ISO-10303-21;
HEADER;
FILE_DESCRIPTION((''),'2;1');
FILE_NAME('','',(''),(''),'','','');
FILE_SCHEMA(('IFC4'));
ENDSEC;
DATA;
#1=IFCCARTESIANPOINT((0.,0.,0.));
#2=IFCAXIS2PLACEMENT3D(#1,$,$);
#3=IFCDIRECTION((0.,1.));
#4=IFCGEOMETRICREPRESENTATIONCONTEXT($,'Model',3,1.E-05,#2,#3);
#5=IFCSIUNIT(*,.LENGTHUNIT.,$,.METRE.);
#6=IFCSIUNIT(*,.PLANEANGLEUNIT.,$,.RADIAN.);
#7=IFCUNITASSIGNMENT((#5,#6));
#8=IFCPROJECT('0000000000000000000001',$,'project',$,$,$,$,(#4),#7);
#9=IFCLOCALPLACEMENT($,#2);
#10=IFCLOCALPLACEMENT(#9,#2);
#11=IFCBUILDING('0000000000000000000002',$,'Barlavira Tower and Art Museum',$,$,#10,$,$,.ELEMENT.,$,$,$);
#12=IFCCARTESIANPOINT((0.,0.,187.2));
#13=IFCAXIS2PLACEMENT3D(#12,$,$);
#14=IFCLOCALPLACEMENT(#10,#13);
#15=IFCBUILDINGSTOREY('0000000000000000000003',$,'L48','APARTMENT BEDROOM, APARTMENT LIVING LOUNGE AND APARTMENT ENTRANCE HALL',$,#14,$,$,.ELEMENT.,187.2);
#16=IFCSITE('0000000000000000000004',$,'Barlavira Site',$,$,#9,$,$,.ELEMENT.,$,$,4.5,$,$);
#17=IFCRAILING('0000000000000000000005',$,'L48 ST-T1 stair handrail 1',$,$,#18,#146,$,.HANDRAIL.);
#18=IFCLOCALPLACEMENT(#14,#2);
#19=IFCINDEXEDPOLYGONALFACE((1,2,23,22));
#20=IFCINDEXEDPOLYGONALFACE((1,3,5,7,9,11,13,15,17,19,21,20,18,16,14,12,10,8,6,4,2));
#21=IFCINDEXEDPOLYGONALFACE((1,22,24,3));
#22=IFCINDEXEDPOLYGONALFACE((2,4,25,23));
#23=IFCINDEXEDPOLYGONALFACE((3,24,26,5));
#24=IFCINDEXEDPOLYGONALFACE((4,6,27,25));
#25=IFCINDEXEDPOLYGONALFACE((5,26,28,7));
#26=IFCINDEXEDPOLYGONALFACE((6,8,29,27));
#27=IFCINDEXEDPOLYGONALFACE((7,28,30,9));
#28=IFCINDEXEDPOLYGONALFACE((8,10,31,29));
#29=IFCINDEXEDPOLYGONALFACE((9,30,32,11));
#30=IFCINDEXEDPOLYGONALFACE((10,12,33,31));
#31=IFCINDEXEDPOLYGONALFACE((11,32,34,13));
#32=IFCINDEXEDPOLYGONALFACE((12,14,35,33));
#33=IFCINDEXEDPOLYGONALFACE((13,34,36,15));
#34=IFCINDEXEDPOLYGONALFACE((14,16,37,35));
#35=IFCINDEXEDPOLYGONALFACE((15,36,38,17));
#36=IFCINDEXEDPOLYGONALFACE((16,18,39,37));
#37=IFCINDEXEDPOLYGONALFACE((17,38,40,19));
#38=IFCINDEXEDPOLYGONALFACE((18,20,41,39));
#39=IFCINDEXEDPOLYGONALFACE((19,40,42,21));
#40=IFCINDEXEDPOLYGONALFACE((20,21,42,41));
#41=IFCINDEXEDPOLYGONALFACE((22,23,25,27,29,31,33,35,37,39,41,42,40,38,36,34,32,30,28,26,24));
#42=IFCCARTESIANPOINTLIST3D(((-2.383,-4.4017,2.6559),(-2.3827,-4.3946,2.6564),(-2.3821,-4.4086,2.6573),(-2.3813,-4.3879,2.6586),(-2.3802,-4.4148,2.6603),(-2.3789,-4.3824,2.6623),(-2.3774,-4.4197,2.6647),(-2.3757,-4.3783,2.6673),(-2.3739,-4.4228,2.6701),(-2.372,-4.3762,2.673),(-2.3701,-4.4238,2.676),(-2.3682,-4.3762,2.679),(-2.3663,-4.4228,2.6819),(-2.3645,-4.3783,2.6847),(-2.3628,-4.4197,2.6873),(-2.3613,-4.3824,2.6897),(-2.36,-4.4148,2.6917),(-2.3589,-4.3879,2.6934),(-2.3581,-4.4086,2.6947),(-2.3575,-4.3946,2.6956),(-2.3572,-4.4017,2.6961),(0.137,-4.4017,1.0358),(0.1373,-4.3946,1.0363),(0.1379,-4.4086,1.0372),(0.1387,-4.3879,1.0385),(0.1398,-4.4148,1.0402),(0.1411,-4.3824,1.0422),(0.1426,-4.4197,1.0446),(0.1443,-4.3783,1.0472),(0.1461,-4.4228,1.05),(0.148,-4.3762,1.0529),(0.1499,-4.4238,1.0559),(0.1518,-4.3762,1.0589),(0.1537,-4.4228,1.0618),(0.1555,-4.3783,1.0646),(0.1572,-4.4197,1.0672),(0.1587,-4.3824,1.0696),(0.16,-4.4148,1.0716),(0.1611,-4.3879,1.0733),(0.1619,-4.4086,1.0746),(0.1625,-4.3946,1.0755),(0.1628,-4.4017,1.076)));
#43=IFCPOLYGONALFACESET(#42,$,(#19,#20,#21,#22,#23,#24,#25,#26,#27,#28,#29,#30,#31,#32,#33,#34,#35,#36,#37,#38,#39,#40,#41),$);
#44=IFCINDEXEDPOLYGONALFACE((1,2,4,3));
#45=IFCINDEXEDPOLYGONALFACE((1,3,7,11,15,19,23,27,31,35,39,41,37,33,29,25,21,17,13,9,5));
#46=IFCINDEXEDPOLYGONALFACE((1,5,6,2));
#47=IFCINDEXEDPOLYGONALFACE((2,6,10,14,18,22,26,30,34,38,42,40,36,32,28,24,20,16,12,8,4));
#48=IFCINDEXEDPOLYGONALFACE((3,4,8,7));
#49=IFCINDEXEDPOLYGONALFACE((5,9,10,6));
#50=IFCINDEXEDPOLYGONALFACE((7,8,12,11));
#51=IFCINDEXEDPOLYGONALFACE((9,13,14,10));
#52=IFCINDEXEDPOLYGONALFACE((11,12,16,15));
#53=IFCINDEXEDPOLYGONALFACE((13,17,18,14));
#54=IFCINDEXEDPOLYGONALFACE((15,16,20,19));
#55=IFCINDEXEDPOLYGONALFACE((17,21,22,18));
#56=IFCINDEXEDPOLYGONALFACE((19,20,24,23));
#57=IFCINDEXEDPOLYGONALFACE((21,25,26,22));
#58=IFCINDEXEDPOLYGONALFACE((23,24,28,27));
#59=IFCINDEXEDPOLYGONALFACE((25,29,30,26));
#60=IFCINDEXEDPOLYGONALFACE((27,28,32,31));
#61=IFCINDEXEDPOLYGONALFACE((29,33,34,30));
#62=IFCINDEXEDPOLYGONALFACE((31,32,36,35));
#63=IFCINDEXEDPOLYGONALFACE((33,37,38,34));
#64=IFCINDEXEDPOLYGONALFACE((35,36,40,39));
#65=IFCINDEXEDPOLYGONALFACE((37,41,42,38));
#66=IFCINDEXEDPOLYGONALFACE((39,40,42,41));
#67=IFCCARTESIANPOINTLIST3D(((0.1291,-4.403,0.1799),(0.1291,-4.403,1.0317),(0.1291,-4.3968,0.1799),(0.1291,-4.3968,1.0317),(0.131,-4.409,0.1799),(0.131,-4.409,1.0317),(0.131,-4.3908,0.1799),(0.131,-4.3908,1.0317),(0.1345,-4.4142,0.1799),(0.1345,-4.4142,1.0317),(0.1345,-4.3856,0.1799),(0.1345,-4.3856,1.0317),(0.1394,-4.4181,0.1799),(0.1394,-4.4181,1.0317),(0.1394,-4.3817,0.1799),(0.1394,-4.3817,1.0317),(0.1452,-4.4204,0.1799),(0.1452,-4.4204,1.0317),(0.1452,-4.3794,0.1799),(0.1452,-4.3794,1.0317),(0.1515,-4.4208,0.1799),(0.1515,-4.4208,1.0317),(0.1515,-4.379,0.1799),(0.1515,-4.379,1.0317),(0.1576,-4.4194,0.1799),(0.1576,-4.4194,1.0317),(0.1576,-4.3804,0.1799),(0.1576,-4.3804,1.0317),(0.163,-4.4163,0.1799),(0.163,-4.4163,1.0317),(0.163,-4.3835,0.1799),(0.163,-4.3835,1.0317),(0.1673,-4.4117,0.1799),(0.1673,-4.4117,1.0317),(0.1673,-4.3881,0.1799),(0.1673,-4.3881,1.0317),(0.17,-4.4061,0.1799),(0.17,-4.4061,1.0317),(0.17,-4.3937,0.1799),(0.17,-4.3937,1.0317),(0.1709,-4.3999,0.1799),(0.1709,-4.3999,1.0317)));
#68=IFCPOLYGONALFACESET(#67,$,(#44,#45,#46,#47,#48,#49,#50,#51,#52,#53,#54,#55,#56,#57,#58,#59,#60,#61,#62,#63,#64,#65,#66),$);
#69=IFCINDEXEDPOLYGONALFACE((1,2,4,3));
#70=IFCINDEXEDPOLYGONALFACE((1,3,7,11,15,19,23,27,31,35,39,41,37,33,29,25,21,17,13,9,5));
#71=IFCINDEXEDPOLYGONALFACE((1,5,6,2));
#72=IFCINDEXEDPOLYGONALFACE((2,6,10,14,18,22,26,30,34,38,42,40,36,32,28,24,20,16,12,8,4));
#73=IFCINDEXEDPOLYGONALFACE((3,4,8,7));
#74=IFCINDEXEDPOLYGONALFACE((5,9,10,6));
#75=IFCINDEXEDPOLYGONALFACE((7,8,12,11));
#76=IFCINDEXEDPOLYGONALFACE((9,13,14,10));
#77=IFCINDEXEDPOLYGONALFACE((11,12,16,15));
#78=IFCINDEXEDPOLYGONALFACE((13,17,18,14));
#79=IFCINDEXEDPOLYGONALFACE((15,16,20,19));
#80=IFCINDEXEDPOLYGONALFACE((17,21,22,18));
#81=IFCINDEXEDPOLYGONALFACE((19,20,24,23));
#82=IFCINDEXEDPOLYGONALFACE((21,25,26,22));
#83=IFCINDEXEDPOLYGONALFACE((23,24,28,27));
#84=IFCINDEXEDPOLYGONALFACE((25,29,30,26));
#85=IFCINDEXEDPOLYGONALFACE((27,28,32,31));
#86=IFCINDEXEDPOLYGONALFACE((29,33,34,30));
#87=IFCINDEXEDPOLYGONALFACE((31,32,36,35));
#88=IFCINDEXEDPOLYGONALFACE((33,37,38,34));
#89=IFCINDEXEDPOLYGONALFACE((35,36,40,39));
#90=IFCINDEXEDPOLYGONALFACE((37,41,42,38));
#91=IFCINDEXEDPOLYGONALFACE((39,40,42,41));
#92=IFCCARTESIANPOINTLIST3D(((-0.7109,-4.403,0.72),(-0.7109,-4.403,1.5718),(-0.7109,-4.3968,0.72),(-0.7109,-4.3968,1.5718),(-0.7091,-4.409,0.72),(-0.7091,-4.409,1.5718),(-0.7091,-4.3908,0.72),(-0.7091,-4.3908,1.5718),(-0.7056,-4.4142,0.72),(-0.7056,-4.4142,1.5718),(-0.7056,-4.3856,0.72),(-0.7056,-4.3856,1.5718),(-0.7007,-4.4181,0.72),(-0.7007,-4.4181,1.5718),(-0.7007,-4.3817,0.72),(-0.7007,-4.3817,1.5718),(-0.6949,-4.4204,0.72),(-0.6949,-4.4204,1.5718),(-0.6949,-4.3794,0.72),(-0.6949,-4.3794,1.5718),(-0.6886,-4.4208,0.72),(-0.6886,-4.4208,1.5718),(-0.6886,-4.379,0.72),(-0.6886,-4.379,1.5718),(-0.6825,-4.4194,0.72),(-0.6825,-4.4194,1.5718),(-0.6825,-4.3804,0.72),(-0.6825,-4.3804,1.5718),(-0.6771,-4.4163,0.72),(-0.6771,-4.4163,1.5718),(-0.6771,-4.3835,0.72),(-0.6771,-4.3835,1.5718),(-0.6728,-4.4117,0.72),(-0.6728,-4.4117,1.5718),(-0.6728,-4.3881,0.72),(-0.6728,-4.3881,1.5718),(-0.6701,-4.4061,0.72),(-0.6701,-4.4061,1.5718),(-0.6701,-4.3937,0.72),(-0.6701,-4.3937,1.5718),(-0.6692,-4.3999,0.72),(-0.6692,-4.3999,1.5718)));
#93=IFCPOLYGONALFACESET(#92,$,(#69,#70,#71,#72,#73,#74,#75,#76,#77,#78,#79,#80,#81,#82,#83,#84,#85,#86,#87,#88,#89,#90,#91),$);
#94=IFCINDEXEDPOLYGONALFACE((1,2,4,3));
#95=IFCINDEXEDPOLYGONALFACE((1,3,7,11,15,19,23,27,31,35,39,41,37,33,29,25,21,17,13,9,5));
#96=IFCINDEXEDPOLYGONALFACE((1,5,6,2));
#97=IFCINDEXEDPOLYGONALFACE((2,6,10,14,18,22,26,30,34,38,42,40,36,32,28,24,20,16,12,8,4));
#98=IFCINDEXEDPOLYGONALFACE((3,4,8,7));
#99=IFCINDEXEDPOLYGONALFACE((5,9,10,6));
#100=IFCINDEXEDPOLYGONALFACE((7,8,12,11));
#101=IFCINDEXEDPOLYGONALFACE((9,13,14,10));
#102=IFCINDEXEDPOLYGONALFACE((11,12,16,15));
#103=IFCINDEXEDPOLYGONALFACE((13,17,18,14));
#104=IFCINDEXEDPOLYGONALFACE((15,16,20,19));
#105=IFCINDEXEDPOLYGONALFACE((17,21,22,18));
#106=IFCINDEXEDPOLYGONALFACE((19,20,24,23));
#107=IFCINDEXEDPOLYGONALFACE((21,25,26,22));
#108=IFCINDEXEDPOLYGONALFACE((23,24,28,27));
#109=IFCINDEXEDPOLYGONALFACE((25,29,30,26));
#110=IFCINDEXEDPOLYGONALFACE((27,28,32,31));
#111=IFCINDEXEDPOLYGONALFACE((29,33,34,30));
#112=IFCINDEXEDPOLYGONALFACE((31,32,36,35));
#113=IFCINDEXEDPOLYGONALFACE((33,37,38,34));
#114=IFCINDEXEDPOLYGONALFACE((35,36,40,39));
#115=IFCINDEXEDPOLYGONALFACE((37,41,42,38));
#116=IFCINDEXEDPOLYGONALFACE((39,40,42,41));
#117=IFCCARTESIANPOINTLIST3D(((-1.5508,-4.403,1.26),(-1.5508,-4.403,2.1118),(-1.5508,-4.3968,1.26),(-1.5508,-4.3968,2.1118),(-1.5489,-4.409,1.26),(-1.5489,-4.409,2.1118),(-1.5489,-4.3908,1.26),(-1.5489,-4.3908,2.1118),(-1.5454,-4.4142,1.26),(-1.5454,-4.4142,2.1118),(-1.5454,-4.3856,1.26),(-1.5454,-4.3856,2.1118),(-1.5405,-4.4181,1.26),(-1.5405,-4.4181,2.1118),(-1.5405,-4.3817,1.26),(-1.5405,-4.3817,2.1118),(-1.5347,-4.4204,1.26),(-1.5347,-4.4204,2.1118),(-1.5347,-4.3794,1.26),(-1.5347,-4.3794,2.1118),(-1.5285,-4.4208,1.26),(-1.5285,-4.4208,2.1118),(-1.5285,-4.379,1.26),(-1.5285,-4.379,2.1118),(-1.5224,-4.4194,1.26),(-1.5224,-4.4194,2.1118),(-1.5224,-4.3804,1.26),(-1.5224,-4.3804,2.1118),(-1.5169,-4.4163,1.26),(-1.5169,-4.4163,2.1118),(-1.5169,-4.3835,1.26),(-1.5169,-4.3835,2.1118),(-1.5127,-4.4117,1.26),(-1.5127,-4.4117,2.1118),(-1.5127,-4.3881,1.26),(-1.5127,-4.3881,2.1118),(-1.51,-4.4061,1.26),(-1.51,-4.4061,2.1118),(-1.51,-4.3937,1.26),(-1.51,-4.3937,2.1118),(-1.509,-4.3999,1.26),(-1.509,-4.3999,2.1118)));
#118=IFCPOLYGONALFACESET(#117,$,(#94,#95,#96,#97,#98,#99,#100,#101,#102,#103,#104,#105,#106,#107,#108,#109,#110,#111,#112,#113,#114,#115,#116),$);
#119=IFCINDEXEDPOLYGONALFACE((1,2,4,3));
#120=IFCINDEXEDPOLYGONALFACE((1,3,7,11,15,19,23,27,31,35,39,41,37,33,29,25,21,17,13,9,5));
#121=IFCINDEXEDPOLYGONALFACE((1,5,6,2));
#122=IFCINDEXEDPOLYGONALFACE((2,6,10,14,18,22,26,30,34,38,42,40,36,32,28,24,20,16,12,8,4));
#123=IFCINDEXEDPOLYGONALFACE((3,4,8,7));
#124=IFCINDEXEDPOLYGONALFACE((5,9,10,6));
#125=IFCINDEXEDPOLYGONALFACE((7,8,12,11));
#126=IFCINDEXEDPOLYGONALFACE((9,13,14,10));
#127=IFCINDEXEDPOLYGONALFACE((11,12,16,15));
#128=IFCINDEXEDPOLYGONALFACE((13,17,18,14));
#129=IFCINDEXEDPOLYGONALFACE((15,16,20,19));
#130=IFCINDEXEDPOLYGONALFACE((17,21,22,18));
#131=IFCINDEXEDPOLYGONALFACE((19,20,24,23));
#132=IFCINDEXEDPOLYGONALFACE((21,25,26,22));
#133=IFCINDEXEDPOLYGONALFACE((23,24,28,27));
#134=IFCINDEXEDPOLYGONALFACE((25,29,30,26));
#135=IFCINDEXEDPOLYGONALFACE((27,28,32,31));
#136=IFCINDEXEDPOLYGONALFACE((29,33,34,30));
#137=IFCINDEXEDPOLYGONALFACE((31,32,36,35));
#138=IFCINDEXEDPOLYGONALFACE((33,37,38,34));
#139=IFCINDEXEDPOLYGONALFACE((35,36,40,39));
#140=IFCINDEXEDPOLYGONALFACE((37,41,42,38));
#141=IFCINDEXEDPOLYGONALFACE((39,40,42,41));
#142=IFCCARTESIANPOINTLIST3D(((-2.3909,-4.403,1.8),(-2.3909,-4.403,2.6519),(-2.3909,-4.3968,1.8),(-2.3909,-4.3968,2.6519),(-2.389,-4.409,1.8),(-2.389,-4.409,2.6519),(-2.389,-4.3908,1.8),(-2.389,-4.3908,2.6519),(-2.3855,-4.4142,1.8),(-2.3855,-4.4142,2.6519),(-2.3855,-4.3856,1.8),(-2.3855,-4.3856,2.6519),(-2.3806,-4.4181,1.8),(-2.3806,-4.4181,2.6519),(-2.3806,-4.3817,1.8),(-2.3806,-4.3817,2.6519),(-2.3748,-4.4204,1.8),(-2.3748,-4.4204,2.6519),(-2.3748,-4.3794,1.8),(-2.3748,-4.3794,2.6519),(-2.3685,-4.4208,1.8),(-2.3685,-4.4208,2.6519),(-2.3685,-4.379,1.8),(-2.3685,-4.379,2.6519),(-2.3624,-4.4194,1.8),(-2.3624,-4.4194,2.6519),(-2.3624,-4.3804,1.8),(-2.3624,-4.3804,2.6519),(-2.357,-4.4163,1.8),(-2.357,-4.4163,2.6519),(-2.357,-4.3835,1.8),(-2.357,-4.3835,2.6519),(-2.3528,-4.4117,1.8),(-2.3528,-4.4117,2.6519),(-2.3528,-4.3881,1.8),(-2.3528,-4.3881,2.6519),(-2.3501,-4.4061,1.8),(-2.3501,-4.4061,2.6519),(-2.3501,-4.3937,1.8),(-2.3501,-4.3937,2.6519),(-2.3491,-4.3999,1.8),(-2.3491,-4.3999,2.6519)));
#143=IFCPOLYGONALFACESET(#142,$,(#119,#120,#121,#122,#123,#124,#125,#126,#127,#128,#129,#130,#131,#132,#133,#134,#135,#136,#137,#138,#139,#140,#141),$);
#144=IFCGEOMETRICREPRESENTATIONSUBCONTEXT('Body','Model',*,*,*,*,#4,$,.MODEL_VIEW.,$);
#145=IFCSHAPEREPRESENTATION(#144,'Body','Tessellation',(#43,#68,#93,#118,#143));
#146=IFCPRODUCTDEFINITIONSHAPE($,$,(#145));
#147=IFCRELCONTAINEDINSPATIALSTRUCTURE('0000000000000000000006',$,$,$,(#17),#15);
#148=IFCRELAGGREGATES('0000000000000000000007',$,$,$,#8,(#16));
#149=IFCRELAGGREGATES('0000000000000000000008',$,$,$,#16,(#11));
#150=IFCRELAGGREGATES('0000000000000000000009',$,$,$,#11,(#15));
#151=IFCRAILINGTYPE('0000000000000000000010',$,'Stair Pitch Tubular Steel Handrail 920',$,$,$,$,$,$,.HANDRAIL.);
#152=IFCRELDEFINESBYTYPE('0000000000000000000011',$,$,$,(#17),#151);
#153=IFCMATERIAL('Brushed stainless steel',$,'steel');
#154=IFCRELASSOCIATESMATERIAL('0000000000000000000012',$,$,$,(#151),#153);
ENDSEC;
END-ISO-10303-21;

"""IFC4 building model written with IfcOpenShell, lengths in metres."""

from ifc_helpers import new_model, si_unit, direction, frame, origin, origin_2d, place, context, subcontext, project, spatial, circle, extrude, material, type_object, element, save


model = new_model("IFC4")

# Units and contexts
model_context = context("Model", 3, precision=1e-05, world=origin(), true_north=direction((0.0, 1.0)))
body_context = subcontext(model_context, "Body", "Model", "MODEL_VIEW")
ifc_project = project(units=[si_unit("LENGTHUNIT", "METRE"), si_unit("PLANEANGLEUNIT", "RADIAN")], contexts=[model_context])

# Site, building, storey
site_placement = place(None, origin())
site = spatial("IfcSite", under=ifc_project, at=site_placement, Name="Barlavira Site", CompositionType="ELEMENT", RefElevation=4.5)
building_placement = place(site_placement, origin())
building = spatial("IfcBuilding", under=site, at=building_placement, Name="Barlavira Tower and Art Museum", CompositionType="ELEMENT")
storey_placement = place(building_placement, frame((0.0, 0.0, 187.2)))
storey = spatial("IfcBuildingStorey", under=building, at=storey_placement, Name="L48", Description="APARTMENT BEDROOM, APARTMENT LIVING LOUNGE AND APARTMENT ENTRANCE HALL", CompositionType="ELEMENT", Elevation=187.2)

# Shared definitions
ifc_material_1 = material(Name="Brushed stainless steel", Category="steel")

# Railing
railing_type_1 = type_object("IfcRailingType", Name="Stair Pitch Tubular Steel Handrail 920", PredefinedType="HANDRAIL", material=ifc_material_1)
railing_1_placement = place(storey_placement, frame((0.1499, -4.3999, 0.1799)))
element("IfcRailing", 1, at=railing_1_placement, inside=storey, type_object=railing_type_1, Name="L48 ST-T1 stair handrail 1", PredefinedType="HANDRAIL", context=body_context, shape_type="SweptSolid", body=[
    extrude(circle(Radius=0.0239, at=origin_2d()), frame((0.0, 0.0, 0.876), z_axis=(-0.841163, 0.0, 0.540782), x_axis=(0.0, -1.0, 0.0)), (0.0, 0.0, 1.0), 2.9958),
    extrude(circle(Radius=0.021, at=origin_2d()), origin(), (0.0, 0.0, 1.0), 0.8518),
    extrude(circle(Radius=0.021, at=origin_2d()), frame((-0.8401, 0.0, 0.54)), (0.0, 0.0, 1.0), 0.8518),
    extrude(circle(Radius=0.021, at=origin_2d()), frame((-1.6799, 0.0, 1.0801)), (0.0, 0.0, 1.0), 0.8518),
    extrude(circle(Radius=0.021, at=origin_2d()), frame((-2.52, 0.0, 1.6201)), (0.0, 0.0, 1.0), 0.8518),
])

save(model, "model.ifc")
